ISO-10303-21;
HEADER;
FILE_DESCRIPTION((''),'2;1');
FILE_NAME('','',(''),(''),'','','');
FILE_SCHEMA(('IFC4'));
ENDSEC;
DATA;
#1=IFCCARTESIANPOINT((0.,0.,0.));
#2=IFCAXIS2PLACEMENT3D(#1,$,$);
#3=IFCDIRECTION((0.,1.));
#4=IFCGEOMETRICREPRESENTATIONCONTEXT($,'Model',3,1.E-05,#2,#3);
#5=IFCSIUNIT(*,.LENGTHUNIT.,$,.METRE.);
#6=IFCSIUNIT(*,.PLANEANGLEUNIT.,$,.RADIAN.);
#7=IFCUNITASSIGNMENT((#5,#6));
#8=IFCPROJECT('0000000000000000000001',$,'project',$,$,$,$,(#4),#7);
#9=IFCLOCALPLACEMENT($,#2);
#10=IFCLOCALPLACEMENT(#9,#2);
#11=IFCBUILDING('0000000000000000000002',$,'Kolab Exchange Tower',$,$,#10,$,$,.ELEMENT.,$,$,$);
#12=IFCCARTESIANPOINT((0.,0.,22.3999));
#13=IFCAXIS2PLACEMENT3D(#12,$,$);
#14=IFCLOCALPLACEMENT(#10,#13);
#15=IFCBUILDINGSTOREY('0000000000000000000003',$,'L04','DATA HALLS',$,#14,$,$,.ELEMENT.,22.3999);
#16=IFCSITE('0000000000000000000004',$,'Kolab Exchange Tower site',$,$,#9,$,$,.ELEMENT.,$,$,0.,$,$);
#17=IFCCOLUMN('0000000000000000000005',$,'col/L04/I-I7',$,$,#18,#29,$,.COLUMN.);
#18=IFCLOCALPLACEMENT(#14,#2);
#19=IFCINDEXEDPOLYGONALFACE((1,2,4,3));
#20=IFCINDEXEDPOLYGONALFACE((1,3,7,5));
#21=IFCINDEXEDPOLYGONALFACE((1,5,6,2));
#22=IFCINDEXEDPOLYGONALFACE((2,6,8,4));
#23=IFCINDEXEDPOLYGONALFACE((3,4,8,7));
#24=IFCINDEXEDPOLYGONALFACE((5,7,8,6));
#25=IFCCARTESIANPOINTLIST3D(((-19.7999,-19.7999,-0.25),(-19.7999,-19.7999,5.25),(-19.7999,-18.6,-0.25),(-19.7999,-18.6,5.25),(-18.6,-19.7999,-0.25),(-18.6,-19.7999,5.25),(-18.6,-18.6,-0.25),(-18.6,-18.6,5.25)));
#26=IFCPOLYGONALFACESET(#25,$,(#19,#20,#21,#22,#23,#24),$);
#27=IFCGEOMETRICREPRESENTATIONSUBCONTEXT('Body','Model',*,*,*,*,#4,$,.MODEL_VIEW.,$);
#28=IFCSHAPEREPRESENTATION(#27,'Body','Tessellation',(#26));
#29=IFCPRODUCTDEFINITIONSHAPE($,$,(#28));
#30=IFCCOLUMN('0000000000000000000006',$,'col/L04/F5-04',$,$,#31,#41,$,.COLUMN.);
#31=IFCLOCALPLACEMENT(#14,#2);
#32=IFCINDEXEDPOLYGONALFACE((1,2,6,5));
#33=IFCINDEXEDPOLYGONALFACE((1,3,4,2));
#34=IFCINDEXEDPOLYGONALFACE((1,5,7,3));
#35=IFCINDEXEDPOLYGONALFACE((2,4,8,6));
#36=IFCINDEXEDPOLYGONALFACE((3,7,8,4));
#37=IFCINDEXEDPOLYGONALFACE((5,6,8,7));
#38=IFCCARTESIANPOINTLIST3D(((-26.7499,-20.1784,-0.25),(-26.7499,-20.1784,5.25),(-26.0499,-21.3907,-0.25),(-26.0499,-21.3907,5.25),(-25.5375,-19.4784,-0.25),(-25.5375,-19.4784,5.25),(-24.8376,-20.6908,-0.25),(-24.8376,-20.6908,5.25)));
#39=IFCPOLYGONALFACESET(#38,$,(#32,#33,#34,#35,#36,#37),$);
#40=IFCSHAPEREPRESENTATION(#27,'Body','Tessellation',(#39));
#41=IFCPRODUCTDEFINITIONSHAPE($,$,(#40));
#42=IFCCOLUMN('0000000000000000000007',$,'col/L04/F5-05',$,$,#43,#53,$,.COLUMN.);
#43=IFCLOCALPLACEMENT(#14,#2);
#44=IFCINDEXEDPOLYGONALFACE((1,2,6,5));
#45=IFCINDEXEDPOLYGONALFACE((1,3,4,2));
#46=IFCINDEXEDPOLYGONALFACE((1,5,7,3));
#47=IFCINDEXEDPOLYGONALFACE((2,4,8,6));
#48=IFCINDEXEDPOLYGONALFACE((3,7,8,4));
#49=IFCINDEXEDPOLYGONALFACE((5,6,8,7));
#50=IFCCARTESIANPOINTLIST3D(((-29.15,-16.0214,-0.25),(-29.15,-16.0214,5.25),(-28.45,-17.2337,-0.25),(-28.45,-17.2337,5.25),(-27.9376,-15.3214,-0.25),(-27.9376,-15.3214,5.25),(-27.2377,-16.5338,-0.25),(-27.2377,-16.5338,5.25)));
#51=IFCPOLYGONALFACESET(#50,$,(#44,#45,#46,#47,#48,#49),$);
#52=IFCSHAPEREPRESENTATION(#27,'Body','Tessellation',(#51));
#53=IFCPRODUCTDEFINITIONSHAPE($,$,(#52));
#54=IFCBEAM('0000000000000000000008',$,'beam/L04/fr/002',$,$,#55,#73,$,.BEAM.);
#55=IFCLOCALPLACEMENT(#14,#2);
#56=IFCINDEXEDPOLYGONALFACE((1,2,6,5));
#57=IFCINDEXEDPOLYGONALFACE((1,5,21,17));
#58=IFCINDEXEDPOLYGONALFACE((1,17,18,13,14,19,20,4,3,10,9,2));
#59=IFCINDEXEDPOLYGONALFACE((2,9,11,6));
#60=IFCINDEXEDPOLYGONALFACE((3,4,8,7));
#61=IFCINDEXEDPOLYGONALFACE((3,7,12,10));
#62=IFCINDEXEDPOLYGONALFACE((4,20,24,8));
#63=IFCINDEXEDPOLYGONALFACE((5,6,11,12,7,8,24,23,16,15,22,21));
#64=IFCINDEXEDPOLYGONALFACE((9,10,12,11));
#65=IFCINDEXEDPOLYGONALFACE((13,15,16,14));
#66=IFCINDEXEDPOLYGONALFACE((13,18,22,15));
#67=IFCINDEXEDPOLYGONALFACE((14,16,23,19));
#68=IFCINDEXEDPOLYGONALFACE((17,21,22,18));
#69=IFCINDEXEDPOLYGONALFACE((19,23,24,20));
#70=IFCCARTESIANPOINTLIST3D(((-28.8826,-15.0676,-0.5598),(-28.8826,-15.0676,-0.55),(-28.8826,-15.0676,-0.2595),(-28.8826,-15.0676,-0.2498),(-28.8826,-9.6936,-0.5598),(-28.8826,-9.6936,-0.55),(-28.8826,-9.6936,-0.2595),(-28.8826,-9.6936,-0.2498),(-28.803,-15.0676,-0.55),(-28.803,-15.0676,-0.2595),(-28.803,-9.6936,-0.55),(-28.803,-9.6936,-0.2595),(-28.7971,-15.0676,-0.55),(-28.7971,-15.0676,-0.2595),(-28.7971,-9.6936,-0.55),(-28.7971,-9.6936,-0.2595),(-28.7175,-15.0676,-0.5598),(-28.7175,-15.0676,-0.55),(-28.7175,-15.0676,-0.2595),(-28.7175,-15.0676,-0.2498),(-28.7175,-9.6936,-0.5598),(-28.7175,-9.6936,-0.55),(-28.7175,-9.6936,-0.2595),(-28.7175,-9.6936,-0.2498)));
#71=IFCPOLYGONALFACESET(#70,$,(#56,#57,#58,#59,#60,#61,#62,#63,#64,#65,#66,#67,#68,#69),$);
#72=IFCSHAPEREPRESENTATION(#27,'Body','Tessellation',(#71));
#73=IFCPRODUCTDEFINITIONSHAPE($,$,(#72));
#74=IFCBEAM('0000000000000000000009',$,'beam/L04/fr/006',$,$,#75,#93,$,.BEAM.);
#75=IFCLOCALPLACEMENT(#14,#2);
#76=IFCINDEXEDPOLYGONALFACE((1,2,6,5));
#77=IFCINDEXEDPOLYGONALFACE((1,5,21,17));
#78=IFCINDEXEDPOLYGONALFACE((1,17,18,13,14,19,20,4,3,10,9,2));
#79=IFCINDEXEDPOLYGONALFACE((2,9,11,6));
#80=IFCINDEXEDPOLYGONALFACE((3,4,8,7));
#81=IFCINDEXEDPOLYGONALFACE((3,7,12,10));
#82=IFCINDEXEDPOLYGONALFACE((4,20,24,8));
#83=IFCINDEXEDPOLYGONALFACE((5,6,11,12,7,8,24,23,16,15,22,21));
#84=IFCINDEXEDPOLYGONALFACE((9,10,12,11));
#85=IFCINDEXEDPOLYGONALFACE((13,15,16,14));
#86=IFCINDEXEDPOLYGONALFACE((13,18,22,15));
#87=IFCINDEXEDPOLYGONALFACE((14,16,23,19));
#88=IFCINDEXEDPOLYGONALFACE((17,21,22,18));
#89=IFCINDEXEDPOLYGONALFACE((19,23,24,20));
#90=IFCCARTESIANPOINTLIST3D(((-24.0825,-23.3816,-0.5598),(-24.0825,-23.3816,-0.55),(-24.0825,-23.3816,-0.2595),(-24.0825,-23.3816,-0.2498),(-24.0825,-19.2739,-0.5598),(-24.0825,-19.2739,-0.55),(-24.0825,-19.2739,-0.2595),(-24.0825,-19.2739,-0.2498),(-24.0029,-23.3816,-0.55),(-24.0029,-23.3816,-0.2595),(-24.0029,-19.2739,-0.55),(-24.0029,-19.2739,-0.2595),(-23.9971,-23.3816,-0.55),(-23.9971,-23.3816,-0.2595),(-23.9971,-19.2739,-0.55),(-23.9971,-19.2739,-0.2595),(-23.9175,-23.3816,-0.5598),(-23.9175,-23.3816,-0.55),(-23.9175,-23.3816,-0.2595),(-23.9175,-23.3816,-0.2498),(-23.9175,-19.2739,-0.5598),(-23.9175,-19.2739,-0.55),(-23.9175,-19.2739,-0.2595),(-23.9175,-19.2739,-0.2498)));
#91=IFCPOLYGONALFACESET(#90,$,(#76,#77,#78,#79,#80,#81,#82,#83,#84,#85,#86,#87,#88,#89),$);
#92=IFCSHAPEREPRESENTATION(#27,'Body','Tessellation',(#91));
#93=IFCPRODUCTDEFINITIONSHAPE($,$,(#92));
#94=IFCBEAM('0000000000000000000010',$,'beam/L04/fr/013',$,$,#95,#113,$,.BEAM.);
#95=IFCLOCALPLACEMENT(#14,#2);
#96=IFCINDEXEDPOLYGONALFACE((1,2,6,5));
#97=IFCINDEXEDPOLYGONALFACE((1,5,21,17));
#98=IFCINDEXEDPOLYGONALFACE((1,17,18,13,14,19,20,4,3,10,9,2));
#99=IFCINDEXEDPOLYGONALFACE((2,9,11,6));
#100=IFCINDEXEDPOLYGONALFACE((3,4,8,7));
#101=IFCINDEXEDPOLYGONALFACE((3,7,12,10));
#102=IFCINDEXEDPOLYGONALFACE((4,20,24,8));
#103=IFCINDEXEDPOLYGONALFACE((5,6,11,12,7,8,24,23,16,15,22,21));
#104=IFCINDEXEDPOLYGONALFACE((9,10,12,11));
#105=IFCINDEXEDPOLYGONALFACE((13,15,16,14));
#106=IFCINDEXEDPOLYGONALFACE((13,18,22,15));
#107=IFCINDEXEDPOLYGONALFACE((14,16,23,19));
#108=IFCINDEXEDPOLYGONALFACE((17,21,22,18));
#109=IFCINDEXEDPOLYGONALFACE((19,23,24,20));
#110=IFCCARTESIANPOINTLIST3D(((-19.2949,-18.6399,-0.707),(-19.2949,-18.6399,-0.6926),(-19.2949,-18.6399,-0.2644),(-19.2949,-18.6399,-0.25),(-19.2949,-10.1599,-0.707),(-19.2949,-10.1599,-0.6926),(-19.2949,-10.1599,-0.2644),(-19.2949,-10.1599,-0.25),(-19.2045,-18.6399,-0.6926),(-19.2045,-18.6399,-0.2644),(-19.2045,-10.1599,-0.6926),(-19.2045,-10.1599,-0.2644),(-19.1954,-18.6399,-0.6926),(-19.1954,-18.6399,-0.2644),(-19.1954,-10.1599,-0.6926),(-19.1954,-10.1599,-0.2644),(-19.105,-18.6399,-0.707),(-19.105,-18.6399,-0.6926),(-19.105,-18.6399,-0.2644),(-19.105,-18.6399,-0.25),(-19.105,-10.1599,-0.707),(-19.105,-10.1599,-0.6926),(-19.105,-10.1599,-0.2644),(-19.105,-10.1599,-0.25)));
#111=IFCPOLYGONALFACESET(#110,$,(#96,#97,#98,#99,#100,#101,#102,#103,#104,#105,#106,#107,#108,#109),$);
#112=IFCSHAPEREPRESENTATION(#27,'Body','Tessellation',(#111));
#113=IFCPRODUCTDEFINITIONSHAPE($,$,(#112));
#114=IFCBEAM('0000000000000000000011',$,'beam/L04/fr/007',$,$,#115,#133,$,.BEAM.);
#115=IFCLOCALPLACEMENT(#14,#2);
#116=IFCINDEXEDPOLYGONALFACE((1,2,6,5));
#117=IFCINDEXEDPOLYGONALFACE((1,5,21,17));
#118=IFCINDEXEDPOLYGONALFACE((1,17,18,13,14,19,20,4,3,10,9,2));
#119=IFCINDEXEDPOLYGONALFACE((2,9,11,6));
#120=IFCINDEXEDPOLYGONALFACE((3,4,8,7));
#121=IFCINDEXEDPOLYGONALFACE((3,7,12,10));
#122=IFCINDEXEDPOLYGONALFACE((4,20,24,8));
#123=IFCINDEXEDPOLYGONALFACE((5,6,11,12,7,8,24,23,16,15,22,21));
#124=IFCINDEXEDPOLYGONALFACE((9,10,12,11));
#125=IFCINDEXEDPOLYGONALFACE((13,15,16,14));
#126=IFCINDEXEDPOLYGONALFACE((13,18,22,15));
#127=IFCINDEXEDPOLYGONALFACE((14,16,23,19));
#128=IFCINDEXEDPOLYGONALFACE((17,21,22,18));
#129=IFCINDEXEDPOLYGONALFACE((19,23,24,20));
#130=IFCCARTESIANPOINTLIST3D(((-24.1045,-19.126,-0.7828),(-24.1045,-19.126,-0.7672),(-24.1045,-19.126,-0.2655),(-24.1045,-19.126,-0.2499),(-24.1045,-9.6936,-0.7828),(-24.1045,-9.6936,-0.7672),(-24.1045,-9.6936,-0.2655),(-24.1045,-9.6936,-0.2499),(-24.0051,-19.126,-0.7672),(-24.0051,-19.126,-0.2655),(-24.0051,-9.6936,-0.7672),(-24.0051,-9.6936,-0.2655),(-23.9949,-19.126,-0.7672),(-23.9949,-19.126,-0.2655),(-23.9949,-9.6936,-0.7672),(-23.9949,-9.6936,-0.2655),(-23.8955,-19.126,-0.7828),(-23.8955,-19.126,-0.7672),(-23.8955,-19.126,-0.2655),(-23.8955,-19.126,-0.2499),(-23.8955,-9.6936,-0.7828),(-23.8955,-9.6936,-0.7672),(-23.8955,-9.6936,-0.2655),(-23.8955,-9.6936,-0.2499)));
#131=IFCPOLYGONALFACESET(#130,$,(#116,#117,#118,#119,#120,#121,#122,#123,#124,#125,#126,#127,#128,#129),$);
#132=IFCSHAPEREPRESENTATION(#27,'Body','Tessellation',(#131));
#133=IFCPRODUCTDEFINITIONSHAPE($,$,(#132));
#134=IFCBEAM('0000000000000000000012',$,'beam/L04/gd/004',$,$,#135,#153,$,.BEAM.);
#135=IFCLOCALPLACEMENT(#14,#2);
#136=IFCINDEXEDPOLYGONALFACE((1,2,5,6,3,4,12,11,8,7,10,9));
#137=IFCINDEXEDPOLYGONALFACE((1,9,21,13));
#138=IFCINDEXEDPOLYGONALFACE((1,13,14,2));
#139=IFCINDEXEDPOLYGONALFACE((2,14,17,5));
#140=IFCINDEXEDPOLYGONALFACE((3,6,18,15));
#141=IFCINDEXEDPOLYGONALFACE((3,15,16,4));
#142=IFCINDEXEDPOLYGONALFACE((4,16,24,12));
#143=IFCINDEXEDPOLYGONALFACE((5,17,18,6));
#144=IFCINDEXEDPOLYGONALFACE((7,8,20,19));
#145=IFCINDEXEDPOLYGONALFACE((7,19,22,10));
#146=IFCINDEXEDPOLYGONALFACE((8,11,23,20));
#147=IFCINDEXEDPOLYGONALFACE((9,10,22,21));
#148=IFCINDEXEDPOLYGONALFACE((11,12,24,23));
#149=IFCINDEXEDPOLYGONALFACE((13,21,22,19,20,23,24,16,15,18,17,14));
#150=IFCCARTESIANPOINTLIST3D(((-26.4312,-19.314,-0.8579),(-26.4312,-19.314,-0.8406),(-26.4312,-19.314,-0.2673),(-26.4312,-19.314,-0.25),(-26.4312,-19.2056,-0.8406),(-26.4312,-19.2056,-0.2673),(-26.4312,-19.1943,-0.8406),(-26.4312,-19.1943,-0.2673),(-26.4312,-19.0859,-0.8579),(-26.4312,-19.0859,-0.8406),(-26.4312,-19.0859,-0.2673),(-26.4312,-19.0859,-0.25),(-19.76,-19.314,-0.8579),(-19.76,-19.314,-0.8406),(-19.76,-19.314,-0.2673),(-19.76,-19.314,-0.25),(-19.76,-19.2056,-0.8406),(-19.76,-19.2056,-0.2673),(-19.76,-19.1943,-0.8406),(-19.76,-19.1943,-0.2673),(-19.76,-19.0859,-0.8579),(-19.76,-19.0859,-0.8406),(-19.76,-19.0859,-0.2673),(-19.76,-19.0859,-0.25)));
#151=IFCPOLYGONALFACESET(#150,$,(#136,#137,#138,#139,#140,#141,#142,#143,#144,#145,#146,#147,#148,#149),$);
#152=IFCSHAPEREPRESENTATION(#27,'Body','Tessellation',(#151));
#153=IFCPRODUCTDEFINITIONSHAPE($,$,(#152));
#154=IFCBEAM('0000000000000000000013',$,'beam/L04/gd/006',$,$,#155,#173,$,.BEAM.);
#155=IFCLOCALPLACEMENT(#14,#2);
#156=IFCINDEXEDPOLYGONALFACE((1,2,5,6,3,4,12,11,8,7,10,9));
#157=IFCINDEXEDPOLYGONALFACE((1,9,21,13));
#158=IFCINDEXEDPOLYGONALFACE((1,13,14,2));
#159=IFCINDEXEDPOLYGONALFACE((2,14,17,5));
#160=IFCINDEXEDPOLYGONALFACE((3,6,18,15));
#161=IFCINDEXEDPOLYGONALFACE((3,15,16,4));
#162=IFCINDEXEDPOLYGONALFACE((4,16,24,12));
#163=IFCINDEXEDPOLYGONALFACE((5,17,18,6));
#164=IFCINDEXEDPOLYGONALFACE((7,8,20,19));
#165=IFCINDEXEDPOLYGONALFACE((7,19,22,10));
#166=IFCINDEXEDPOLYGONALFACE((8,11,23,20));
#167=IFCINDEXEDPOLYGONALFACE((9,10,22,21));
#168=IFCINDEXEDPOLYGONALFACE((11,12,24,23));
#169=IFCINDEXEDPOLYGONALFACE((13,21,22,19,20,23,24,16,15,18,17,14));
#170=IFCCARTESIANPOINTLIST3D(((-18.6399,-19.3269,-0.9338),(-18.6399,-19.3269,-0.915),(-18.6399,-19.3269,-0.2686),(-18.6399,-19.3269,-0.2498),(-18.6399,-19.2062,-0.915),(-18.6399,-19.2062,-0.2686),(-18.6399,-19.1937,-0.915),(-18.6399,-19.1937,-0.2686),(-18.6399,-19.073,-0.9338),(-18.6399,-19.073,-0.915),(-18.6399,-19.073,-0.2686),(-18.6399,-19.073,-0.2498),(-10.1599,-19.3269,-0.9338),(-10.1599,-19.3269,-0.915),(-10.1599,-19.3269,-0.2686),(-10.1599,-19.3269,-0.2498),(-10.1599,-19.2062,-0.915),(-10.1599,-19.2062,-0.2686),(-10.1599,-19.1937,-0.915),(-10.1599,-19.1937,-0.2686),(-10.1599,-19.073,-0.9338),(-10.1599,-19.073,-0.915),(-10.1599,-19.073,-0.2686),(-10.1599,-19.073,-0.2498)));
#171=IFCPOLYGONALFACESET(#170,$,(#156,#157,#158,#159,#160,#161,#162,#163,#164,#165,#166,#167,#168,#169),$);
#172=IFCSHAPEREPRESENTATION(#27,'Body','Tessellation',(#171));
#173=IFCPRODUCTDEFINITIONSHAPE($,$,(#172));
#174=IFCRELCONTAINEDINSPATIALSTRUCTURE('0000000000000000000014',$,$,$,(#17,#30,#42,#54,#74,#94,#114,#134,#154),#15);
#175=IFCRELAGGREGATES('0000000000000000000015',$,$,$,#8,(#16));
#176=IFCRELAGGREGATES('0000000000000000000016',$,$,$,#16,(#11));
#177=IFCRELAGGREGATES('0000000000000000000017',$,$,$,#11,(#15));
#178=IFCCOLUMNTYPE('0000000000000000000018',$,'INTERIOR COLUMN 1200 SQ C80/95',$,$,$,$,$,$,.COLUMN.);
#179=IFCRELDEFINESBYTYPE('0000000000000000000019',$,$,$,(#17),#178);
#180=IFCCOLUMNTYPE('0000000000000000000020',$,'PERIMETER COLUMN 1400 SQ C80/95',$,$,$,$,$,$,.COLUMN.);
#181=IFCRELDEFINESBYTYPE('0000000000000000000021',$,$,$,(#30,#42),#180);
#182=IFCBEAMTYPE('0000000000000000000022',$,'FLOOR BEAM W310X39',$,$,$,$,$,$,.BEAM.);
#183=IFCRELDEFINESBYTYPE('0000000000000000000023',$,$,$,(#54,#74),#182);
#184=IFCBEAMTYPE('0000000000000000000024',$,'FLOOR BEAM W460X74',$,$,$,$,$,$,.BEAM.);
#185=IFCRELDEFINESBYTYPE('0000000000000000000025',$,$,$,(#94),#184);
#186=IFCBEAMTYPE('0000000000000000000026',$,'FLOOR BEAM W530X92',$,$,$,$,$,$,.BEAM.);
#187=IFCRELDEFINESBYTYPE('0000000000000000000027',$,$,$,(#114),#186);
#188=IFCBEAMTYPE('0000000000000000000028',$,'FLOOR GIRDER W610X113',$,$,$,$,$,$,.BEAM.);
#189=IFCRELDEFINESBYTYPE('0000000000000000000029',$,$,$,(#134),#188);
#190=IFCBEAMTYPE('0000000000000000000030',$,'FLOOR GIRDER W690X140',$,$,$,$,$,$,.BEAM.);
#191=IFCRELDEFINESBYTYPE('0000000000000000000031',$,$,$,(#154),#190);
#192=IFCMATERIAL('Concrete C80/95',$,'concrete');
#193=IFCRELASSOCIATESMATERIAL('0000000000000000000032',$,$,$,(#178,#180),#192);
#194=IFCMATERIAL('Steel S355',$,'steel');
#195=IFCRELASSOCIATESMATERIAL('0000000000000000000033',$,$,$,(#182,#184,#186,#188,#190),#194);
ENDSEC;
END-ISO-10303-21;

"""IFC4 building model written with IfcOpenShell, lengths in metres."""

from ifc_helpers import new_model, si_unit, direction, frame, origin, origin_2d, place, context, subcontext, project, spatial, rectangle, i_section, extrude, material, material_profile, profile_set, type_object, element, save


model = new_model("IFC4")

# Units and contexts
model_context = context("Model", 3, precision=1e-05, world=origin(), true_north=direction((0.0, 1.0)))
body_context = subcontext(model_context, "Body", "Model", "MODEL_VIEW")
ifc_project = project(units=[si_unit("LENGTHUNIT", "METRE"), si_unit("PLANEANGLEUNIT", "RADIAN")], contexts=[model_context])

# Site, building, storey
site_placement = place(None, origin())
site = spatial("IfcSite", under=ifc_project, at=site_placement, Name="Kolab Exchange Tower site", CompositionType="ELEMENT", RefElevation=0.0)
building_placement = place(site_placement, origin())
building = spatial("IfcBuilding", under=site, at=building_placement, Name="Kolab Exchange Tower", CompositionType="ELEMENT")
storey_placement = place(building_placement, frame((0.0, 0.0, 22.3999)))
storey = spatial("IfcBuildingStorey", under=building, at=storey_placement, Name="L04", Description="DATA HALLS", CompositionType="ELEMENT", Elevation=22.3999)

# Columns
ifc_material_1 = material(Name="Concrete C80/95", Category="concrete")
ifc_material_profile_1 = material_profile(ifc_material_1, rectangle(XDim=1.2, YDim=1.2, at=origin_2d()), Name="RC1200")
ifc_profile_set_1 = profile_set([ifc_material_profile_1], Name="Concrete C80/95")
column_type_1 = type_object("IfcColumnType", Name="INTERIOR COLUMN 1200 SQ C80/95", PredefinedType="COLUMN", material=ifc_profile_set_1)
column_placement = place(storey_placement, frame((-19.2, -19.2, -0.25), z_axis=(0.0, 0.0, 1.0), x_axis=(1.0, 0.0, 0.0)))
element("IfcColumn", 1, at=column_placement, inside=storey, type_object=column_type_1, Name="col/L04/I-I7", PredefinedType="COLUMN", context=body_context, shape_type="SweptSolid", body=[
    extrude(rectangle(XDim=1.2, YDim=1.2, at=origin_2d()), origin(), (0.0, 0.0, 1.0), 5.5),
])
ifc_material_profile_2 = material_profile(ifc_material_1, rectangle(XDim=1.3999, YDim=1.3999, at=origin_2d()), Name="RC1400")
ifc_profile_set_2 = profile_set([ifc_material_profile_2], Name="Concrete C80/95")
column_type_2 = type_object("IfcColumnType", Name="PERIMETER COLUMN 1400 SQ C80/95", PredefinedType="COLUMN", material=ifc_profile_set_2)
for number, where, z_axis, x_axis, name in (
    (2, (-25.7937, -20.4346, -0.25), (0.0, 0.0, 1.0), (0.866025, 0.5, 0.0), "col/L04/F5-04"),
    (3, (-28.1938, -16.2776, -0.25), (0.0, 0.0, 1.0), (0.866025, 0.5, 0.0), "col/L04/F5-05"),
):
    element("IfcColumn", number, at=place(storey_placement, frame(where, z_axis=z_axis, x_axis=x_axis)), inside=storey, type_object=column_type_2, Name=name, PredefinedType="COLUMN", context=body_context, shape_type="SweptSolid", body=[
        extrude(rectangle(XDim=1.3999, YDim=1.3999, at=origin_2d()), origin(), (0.0, 0.0, 1.0), 5.5),
    ])

# Beams
ifc_material_2 = material(Name="Steel S355", Category="steel")
ifc_material_profile_3 = material_profile(ifc_material_2, i_section(OverallWidth=0.165, OverallDepth=0.3101, WebThickness=0.0059, FlangeThickness=0.0098, at=origin_2d()), Name="W310X39")
ifc_profile_set_3 = profile_set([ifc_material_profile_3], Name="Steel S355")
beam_type_1 = type_object("IfcBeamType", Name="FLOOR BEAM W310X39", PredefinedType="BEAM", material=ifc_profile_set_3)
beam_1_placement = place(storey_placement, frame((-28.8, -15.0676, -0.4048), z_axis=(0.0, 1.0, 0.0), x_axis=(-1.0, 0.0, 0.0)))
element("IfcBeam", 4, at=beam_1_placement, inside=storey, type_object=beam_type_1, Name="beam/L04/fr/002", PredefinedType="BEAM", context=body_context, shape_type="SweptSolid", body=[
    extrude(i_section(OverallWidth=0.165, OverallDepth=0.3101, WebThickness=0.0059, FlangeThickness=0.0098, at=origin_2d()), origin(), (0.0, 0.0, 1.0), 5.374),
])
beam_2_placement = place(storey_placement, frame((-24.0, -23.3816, -0.4048), z_axis=(0.0, 1.0, 0.0), x_axis=(-1.0, 0.0, 0.0)))
element("IfcBeam", 5, at=beam_2_placement, inside=storey, type_object=beam_type_1, Name="beam/L04/fr/006", PredefinedType="BEAM", context=body_context, shape_type="SweptSolid", body=[
    extrude(i_section(OverallWidth=0.165, OverallDepth=0.3101, WebThickness=0.0059, FlangeThickness=0.0098, at=origin_2d()), origin(), (0.0, 0.0, 1.0), 4.1077),
])
ifc_material_profile_4 = material_profile(ifc_material_2, i_section(OverallWidth=0.1899, OverallDepth=0.457, WebThickness=0.009, FlangeThickness=0.0144, at=origin_2d()), Name="W460X74")
ifc_profile_set_4 = profile_set([ifc_material_profile_4], Name="Steel S355")
beam_type_2 = type_object("IfcBeamType", Name="FLOOR BEAM W460X74", PredefinedType="BEAM", material=ifc_profile_set_4)
beam_3_placement = place(storey_placement, frame((-19.2, -18.6399, -0.4785), z_axis=(0.0, 1.0, 0.0), x_axis=(-1.0, 0.0, 0.0)))
element("IfcBeam", 6, at=beam_3_placement, inside=storey, type_object=beam_type_2, Name="beam/L04/fr/013", PredefinedType="BEAM", context=body_context, shape_type="SweptSolid", body=[
    extrude(i_section(OverallWidth=0.1899, OverallDepth=0.457, WebThickness=0.009, FlangeThickness=0.0144, at=origin_2d()), origin(), (0.0, 0.0, 1.0), 8.48),
])
ifc_material_profile_5 = material_profile(ifc_material_2, i_section(OverallWidth=0.209, OverallDepth=0.533, WebThickness=0.0103, FlangeThickness=0.0156, at=origin_2d()), Name="W530X92")
ifc_profile_set_5 = profile_set([ifc_material_profile_5], Name="Steel S355")
beam_type_3 = type_object("IfcBeamType", Name="FLOOR BEAM W530X92", PredefinedType="BEAM", material=ifc_profile_set_5)
beam_4_placement = place(storey_placement, frame((-24.0, -19.126, -0.5164), z_axis=(0.0, 1.0, 0.0), x_axis=(-1.0, 0.0, 0.0)))
element("IfcBeam", 7, at=beam_4_placement, inside=storey, type_object=beam_type_3, Name="beam/L04/fr/007", PredefinedType="BEAM", context=body_context, shape_type="SweptSolid", body=[
    extrude(i_section(OverallWidth=0.209, OverallDepth=0.533, WebThickness=0.0103, FlangeThickness=0.0156, at=origin_2d()), origin(), (0.0, 0.0, 1.0), 9.4324),
])
ifc_material_profile_6 = material_profile(ifc_material_2, i_section(OverallWidth=0.228, OverallDepth=0.6079, WebThickness=0.0112, FlangeThickness=0.0173, at=origin_2d()), Name="W610X113")
ifc_profile_set_6 = profile_set([ifc_material_profile_6], Name="Steel S355")
beam_type_4 = type_object("IfcBeamType", Name="FLOOR GIRDER W610X113", PredefinedType="BEAM", material=ifc_profile_set_6)
beam_5_placement = place(storey_placement, frame((-26.4312, -19.2, -0.554), z_axis=(1.0, 0.0, 0.0), x_axis=(0.0, 1.0, 0.0)))
element("IfcBeam", 8, at=beam_5_placement, inside=storey, type_object=beam_type_4, Name="beam/L04/gd/004", PredefinedType="BEAM", context=body_context, shape_type="SweptSolid", body=[
    extrude(i_section(OverallWidth=0.228, OverallDepth=0.6079, WebThickness=0.0112, FlangeThickness=0.0173, at=origin_2d()), origin(), (0.0, 0.0, 1.0), 6.6711),
])
ifc_material_profile_7 = material_profile(ifc_material_2, i_section(OverallWidth=0.2539, OverallDepth=0.6841, WebThickness=0.0125, FlangeThickness=0.0188, at=origin_2d()), Name="W690X140")
ifc_profile_set_7 = profile_set([ifc_material_profile_7], Name="Steel S355")
beam_type_5 = type_object("IfcBeamType", Name="FLOOR GIRDER W690X140", PredefinedType="BEAM", material=ifc_profile_set_7)
beam_6_placement = place(storey_placement, frame((-18.6399, -19.2, -0.5918), z_axis=(1.0, 0.0, 0.0), x_axis=(0.0, 1.0, 0.0)))
element("IfcBeam", 9, at=beam_6_placement, inside=storey, type_object=beam_type_5, Name="beam/L04/gd/006", PredefinedType="BEAM", context=body_context, shape_type="SweptSolid", body=[
    extrude(i_section(OverallWidth=0.2539, OverallDepth=0.6841, WebThickness=0.0125, FlangeThickness=0.0188, at=origin_2d()), origin(), (0.0, 0.0, 1.0), 8.48),
])

save(model, "model.ifc")
